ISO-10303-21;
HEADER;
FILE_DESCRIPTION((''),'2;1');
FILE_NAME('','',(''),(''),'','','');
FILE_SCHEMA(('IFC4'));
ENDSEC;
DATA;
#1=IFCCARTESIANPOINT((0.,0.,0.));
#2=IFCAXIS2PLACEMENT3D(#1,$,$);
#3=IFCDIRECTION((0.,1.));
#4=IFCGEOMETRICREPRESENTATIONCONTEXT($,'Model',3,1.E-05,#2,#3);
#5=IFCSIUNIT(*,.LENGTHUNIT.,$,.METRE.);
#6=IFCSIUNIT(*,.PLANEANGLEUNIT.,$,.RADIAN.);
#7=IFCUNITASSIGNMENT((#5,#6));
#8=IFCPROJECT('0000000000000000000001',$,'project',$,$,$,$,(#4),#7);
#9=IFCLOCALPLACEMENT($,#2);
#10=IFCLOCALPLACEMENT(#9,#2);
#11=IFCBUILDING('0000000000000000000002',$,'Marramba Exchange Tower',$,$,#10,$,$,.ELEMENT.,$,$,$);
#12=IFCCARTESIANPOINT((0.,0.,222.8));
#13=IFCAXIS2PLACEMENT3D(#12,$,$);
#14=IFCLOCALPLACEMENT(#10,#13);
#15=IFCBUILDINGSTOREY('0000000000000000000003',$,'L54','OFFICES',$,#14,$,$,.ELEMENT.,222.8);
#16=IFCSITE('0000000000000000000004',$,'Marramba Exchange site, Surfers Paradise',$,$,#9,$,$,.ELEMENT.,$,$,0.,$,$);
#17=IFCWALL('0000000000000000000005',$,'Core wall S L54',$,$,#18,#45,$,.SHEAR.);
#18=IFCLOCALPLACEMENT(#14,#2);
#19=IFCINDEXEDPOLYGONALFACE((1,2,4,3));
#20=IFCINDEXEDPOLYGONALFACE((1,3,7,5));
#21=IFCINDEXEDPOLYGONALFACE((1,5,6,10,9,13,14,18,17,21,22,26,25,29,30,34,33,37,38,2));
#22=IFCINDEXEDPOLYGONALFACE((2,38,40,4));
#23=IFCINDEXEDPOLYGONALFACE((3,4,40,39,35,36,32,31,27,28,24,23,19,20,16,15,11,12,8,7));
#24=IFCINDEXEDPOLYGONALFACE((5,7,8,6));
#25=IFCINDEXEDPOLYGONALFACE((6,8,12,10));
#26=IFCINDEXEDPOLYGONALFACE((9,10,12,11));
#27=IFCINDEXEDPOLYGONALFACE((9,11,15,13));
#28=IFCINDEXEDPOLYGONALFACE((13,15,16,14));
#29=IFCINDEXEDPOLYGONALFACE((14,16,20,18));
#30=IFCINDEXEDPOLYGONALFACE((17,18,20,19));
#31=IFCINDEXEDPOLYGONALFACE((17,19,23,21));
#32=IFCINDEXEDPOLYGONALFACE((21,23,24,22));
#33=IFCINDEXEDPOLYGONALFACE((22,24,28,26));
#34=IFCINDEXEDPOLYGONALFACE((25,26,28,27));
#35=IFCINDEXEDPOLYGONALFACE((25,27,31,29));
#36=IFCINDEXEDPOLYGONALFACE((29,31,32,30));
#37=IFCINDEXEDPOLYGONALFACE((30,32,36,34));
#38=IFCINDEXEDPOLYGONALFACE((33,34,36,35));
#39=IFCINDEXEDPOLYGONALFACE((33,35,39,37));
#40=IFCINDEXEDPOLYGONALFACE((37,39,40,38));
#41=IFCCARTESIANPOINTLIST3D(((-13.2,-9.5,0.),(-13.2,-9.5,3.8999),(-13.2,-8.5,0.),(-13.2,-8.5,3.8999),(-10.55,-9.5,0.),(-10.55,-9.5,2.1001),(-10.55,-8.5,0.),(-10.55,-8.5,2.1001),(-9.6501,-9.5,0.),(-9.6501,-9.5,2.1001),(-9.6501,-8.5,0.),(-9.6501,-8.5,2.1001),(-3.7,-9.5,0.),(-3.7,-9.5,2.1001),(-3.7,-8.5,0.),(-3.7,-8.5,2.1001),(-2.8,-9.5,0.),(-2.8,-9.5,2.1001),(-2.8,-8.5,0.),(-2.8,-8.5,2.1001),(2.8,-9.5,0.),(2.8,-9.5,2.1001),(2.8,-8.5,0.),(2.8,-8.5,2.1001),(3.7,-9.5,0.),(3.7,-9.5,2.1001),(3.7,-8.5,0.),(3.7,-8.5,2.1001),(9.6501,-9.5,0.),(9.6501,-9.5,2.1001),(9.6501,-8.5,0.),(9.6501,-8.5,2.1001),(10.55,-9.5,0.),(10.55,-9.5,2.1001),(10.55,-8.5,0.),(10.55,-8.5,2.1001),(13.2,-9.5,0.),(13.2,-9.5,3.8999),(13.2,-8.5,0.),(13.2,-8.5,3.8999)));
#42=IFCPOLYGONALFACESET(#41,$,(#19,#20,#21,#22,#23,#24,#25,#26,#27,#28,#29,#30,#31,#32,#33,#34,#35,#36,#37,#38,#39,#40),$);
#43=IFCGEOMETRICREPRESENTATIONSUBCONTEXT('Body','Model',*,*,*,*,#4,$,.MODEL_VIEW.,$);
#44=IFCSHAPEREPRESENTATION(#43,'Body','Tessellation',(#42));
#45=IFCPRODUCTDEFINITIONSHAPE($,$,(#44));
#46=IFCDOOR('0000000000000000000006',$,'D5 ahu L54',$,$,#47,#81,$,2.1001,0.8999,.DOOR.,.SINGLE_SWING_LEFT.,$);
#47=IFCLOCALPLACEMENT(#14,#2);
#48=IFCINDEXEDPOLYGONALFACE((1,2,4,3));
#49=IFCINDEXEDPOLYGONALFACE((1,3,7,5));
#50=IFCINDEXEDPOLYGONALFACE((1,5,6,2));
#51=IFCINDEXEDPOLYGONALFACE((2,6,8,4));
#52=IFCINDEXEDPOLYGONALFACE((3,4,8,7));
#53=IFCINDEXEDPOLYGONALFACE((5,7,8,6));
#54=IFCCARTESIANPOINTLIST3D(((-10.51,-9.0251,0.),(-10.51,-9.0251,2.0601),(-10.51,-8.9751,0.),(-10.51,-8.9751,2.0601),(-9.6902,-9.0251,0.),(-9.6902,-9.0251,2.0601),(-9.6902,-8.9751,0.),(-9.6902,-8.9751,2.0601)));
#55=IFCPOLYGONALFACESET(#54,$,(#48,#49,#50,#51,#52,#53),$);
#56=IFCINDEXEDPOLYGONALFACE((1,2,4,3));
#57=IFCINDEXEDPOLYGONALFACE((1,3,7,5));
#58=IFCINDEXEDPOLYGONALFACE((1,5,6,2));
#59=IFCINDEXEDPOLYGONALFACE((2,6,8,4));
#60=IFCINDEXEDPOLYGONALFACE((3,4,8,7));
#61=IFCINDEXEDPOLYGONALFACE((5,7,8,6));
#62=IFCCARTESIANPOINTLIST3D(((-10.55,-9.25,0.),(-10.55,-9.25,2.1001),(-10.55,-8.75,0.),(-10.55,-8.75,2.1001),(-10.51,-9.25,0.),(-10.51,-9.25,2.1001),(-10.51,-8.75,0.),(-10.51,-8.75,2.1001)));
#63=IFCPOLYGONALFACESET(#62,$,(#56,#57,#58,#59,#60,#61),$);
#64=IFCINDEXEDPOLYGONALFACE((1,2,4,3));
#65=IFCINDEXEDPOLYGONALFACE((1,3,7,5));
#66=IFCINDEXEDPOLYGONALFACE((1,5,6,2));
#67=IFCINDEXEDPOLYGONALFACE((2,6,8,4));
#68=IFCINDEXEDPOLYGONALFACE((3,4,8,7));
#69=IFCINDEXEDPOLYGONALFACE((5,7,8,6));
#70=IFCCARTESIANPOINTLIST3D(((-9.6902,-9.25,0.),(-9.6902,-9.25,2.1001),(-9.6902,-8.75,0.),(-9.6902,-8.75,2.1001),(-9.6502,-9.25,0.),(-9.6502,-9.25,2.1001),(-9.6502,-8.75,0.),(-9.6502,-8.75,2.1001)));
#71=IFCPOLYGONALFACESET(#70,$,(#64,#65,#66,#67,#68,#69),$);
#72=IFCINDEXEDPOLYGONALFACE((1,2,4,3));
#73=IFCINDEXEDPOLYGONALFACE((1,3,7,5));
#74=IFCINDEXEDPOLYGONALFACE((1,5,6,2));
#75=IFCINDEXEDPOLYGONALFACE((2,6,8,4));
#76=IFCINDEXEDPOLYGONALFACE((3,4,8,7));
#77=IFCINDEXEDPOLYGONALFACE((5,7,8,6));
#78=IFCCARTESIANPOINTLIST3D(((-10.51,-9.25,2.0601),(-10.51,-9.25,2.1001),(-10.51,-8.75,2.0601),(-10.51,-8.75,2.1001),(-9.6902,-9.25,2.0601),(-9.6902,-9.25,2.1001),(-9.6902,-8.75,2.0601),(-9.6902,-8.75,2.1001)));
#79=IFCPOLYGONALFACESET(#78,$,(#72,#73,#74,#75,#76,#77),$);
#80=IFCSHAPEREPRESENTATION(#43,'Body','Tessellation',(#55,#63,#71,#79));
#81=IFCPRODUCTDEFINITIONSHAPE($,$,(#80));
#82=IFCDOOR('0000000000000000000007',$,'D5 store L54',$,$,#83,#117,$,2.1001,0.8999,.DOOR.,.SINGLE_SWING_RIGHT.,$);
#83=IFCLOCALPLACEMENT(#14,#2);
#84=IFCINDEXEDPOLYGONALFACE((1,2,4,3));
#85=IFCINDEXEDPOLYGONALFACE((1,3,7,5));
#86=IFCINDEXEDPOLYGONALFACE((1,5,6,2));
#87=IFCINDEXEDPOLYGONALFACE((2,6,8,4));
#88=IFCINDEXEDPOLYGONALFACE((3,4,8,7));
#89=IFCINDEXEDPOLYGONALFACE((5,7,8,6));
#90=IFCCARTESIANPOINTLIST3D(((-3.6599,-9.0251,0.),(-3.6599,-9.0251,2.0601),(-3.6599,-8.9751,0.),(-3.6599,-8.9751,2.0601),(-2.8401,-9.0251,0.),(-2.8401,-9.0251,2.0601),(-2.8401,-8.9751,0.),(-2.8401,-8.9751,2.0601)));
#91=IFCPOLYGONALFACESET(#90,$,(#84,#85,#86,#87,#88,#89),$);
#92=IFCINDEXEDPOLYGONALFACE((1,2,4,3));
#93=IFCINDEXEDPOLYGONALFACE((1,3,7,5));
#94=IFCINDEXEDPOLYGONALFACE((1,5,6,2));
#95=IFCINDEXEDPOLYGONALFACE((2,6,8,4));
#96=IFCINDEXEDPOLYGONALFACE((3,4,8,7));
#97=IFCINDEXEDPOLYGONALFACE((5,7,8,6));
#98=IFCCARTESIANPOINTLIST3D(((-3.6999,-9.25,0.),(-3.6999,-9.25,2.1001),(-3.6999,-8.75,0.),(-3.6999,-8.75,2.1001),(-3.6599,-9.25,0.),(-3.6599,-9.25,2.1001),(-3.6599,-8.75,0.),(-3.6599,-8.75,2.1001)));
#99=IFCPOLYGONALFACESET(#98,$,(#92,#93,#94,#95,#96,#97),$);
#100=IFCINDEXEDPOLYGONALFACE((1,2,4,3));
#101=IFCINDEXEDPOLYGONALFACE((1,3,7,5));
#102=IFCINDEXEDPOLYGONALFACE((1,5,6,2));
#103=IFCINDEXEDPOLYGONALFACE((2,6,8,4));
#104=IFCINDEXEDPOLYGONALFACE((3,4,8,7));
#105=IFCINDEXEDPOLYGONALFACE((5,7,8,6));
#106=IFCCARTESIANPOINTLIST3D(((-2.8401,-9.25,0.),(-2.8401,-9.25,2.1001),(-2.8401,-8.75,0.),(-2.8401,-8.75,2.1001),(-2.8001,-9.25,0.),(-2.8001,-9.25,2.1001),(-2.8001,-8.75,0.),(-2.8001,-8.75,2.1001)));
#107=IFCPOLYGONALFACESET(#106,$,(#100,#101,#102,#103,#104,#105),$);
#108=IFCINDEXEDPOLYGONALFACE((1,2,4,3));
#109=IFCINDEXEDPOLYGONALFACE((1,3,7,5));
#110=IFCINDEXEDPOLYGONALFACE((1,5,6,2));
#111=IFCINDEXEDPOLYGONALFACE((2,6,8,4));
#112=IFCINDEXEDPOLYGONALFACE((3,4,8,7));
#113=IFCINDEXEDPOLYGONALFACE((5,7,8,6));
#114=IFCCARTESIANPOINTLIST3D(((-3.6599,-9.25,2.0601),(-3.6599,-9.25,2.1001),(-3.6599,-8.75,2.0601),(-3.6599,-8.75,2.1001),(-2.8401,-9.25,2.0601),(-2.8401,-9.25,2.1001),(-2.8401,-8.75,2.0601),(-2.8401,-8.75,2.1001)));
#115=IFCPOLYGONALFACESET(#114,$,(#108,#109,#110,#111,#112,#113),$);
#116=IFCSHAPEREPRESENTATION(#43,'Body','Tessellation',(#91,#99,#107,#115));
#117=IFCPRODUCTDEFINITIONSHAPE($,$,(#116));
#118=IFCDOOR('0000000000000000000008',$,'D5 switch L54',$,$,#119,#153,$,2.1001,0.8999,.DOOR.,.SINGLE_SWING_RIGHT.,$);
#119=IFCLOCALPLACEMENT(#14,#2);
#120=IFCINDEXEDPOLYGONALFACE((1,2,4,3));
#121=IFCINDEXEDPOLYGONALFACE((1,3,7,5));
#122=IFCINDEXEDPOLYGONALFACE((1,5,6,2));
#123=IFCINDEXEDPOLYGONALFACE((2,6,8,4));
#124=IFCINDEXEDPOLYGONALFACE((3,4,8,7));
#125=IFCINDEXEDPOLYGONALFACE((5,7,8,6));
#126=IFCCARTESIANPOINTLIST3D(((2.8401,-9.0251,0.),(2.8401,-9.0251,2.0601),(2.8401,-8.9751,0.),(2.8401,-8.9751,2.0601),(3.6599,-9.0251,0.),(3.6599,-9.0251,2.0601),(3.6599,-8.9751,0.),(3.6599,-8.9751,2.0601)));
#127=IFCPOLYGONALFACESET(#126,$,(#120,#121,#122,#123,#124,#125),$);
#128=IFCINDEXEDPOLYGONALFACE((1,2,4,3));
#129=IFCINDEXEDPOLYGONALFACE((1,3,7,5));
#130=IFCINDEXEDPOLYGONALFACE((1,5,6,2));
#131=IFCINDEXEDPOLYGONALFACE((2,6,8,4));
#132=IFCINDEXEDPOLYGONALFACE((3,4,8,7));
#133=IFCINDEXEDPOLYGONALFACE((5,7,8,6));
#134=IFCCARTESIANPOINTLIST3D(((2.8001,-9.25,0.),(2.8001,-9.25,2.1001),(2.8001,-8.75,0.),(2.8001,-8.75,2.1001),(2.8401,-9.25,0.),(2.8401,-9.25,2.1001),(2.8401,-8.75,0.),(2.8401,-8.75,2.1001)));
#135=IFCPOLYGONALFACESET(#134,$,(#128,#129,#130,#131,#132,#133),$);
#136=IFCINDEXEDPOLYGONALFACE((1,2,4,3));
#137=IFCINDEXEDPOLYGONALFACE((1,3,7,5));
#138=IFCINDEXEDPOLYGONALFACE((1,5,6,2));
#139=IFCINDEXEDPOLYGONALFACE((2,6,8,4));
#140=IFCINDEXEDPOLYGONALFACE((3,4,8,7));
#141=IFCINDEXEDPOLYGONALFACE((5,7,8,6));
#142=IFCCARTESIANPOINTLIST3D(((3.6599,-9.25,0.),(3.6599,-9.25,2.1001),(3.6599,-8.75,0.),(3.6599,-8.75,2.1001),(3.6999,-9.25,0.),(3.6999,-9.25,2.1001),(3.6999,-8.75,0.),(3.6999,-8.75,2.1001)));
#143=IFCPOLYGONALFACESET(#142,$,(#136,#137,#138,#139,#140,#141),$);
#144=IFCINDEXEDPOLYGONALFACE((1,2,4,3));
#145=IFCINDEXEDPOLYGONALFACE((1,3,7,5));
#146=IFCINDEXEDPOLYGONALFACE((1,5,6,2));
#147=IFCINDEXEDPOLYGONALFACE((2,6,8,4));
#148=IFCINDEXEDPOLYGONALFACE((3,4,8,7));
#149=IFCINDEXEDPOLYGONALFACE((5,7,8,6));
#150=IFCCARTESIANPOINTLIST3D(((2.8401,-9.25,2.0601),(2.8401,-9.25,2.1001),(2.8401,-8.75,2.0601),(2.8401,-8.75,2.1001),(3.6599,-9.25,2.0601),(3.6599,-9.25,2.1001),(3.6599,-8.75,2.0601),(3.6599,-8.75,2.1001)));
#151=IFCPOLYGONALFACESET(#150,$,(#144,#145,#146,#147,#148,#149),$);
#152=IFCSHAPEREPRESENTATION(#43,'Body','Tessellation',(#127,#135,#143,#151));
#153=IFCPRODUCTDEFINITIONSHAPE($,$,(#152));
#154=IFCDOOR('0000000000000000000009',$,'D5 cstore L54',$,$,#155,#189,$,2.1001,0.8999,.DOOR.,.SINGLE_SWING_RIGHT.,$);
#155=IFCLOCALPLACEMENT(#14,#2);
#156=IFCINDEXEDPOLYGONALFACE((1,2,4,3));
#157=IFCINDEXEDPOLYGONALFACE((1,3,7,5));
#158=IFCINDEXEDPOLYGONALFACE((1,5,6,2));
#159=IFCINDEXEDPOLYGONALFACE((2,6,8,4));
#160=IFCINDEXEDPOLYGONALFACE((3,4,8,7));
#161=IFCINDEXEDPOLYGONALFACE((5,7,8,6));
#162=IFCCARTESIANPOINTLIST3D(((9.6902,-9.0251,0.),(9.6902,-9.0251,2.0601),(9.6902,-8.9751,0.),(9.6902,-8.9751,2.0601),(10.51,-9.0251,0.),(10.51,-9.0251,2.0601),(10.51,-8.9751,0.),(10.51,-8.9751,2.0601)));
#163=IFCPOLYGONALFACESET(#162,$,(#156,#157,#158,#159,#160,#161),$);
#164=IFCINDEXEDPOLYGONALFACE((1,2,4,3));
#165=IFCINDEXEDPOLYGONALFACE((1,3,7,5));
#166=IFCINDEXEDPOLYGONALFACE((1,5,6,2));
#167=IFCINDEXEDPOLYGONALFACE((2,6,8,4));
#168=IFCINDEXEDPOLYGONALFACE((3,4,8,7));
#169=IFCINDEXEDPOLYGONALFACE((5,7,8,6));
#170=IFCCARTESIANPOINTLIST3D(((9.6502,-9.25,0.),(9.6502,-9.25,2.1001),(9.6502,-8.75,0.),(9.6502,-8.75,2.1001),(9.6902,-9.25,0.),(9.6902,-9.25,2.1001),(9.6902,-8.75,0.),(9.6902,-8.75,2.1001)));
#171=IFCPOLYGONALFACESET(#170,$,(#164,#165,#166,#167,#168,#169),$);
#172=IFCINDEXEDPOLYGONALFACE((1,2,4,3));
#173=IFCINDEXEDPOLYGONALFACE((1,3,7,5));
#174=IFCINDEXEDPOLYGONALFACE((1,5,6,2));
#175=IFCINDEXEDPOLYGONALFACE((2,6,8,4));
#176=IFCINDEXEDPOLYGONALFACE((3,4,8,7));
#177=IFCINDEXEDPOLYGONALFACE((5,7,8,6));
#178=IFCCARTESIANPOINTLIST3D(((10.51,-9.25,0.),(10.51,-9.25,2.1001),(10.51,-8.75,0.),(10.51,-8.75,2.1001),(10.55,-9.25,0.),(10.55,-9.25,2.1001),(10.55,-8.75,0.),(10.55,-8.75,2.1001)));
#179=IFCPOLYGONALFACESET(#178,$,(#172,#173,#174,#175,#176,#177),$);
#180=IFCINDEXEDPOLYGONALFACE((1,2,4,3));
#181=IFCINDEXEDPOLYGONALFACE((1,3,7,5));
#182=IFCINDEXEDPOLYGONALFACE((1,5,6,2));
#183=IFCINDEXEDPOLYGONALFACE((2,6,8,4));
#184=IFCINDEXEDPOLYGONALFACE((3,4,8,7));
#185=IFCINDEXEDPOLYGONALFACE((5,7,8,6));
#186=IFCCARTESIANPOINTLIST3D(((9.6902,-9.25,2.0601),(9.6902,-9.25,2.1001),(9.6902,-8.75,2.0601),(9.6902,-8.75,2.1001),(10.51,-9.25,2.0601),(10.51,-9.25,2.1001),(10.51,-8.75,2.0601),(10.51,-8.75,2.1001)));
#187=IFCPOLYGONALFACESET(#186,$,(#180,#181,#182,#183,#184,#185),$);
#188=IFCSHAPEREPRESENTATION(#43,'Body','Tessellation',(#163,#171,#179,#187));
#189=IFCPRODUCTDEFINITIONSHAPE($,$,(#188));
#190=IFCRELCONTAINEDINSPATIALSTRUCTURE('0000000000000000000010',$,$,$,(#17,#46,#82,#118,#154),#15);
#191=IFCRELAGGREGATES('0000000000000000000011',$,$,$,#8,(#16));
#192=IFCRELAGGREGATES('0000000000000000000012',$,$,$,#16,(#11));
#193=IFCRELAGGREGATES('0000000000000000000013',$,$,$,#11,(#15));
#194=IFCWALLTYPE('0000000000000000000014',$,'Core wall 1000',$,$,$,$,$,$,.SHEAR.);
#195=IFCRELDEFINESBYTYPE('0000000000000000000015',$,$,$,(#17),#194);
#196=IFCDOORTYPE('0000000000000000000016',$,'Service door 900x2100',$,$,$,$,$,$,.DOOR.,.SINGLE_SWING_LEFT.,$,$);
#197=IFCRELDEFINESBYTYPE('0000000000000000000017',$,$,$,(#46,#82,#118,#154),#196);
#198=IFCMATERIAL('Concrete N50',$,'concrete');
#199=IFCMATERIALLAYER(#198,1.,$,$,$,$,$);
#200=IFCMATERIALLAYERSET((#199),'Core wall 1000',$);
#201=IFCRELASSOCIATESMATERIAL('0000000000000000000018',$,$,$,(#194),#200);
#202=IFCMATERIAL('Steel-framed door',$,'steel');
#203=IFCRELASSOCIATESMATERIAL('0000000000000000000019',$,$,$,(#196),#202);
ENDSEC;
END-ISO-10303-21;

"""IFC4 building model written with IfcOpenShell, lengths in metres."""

from ifc_helpers import new_model, si_unit, direction, frame, frame_2d, origin, place, context, subcontext, project, spatial, rectangle, extrude, material, layer, layer_set, type_object, element, fill, save


model = new_model("IFC4")

# Units and contexts
model_context = context("Model", 3, precision=1e-05, world=origin(), true_north=direction((0.0, 1.0)))
body_context = subcontext(model_context, "Body", "Model", "MODEL_VIEW")
ifc_project = project(units=[si_unit("LENGTHUNIT", "METRE"), si_unit("PLANEANGLEUNIT", "RADIAN")], contexts=[model_context])

# Site, building, storey
site_placement = place(None, origin())
site = spatial("IfcSite", under=ifc_project, at=site_placement, Name="Marramba Exchange site, Surfers Paradise", CompositionType="ELEMENT", RefElevation=0.0)
building_placement = place(site_placement, origin())
building = spatial("IfcBuilding", under=site, at=building_placement, Name="Marramba Exchange Tower", CompositionType="ELEMENT")
storey_placement = place(building_placement, frame((0.0, 0.0, 222.8)))
storey = spatial("IfcBuildingStorey", under=building, at=storey_placement, Name="L54", Description="OFFICES", CompositionType="ELEMENT", Elevation=222.8)

# Shared definitions
ifc_material_1 = material(Name="Concrete N50", Category="concrete")

# Wall, openings, doors
ifc_layer_1 = layer(ifc_material_1, 1.0)
ifc_layer_set_1 = layer_set([ifc_layer_1], Name="Core wall 1000")
wall_type = type_object("IfcWallType", Name="Core wall 1000", PredefinedType="SHEAR", material=ifc_layer_set_1)
wall_placement = place(storey_placement, frame((-13.2, -9.0, 0.0), z_axis=(0.0, 0.0, 1.0), x_axis=(1.0, 0.0, 0.0)))
wall = element("IfcWall", 1, at=wall_placement, inside=storey, type_object=wall_type, Name="Core wall S L54", PredefinedType="SHEAR", context=body_context, shape_type="SweptSolid", body=[
    extrude(rectangle(XDim=26.3999, YDim=1.0, at=frame_2d((13.2, 0.0))), origin(), (0.0, 0.0, 1.0), 3.8999),
])
opening_1_placement = place(wall_placement, frame((2.6499, 0.0, 0.0)))
opening_1 = element("IfcOpeningElement", 2, at=opening_1_placement, cuts=wall, PredefinedType="OPENING", context=body_context, shape_type="SweptSolid", body=[
    extrude(rectangle(XDim=0.8999, YDim=2.1001, at=frame_2d((0.45, 1.05))), frame((0.0, 0.51, 0.0), z_axis=(0.0, -1.0, 0.0), x_axis=(1.0, 0.0, 0.0)), (0.0, 0.0, 1.0), 1.02),
])
opening_2_placement = place(wall_placement, frame((9.5, 0.0, 0.0)))
opening_2 = element("IfcOpeningElement", 3, at=opening_2_placement, cuts=wall, PredefinedType="OPENING", context=body_context, shape_type="SweptSolid", body=[
    extrude(rectangle(XDim=0.8999, YDim=2.1001, at=frame_2d((0.45, 1.05))), frame((0.0, 0.51, 0.0), z_axis=(0.0, -1.0, 0.0), x_axis=(1.0, 0.0, 0.0)), (0.0, 0.0, 1.0), 1.02),
])
opening_3_placement = place(wall_placement, frame((16.0, 0.0, 0.0)))
opening_3 = element("IfcOpeningElement", 4, at=opening_3_placement, cuts=wall, PredefinedType="OPENING", context=body_context, shape_type="SweptSolid", body=[
    extrude(rectangle(XDim=0.8999, YDim=2.1001, at=frame_2d((0.45, 1.05))), frame((0.0, 0.51, 0.0), z_axis=(0.0, -1.0, 0.0), x_axis=(1.0, 0.0, 0.0)), (0.0, 0.0, 1.0), 1.02),
])
opening_4_placement = place(wall_placement, frame((22.8501, 0.0, 0.0)))
opening_4 = element("IfcOpeningElement", 5, at=opening_4_placement, cuts=wall, PredefinedType="OPENING", context=body_context, shape_type="SweptSolid", body=[
    extrude(rectangle(XDim=0.8999, YDim=2.1001, at=frame_2d((0.45, 1.05))), frame((0.0, 0.51, 0.0), z_axis=(0.0, -1.0, 0.0), x_axis=(1.0, 0.0, 0.0)), (0.0, 0.0, 1.0), 1.02),
])
ifc_material_2 = material(Name="Steel-framed door", Category="steel")
door_type = type_object("IfcDoorType", Name="Service door 900x2100", OperationType="SINGLE_SWING_LEFT", PredefinedType="DOOR", material=ifc_material_2)
door_1_placement = place(opening_1_placement, origin())
door_1 = element("IfcDoor", 6, at=door_1_placement, inside=storey, type_object=door_type, Name="D5 ahu L54", OperationType="SINGLE_SWING_LEFT", OverallHeight=2.1001, OverallWidth=0.8999, PredefinedType="DOOR", context=body_context, shape_type="SweptSolid", body=[
    extrude(rectangle(XDim=0.8198, YDim=2.0601, at=frame_2d((0.45, 1.03))), frame((0.0, 0.0249, 0.0), z_axis=(0.0, -1.0, 0.0), x_axis=(1.0, 0.0, 0.0)), (0.0, 0.0, 1.0), 0.05),
    extrude(rectangle(XDim=0.04, YDim=2.1001, at=frame_2d((0.02, 1.05))), frame((0.0, 0.25, 0.0), z_axis=(0.0, -1.0, 0.0), x_axis=(1.0, 0.0, 0.0)), (0.0, 0.0, 1.0), 0.5),
    extrude(rectangle(XDim=0.04, YDim=2.1001, at=frame_2d((0.8799, 1.05))), frame((0.0, 0.25, 0.0), z_axis=(0.0, -1.0, 0.0), x_axis=(1.0, 0.0, 0.0)), (0.0, 0.0, 1.0), 0.5),
    extrude(rectangle(XDim=0.8198, YDim=0.04, at=frame_2d((0.45, 2.0801))), frame((0.0, 0.25, 0.0), z_axis=(0.0, -1.0, 0.0), x_axis=(1.0, 0.0, 0.0)), (0.0, 0.0, 1.0), 0.5),
])
fill(opening_1, door_1)
door_2_placement = place(opening_2_placement, origin())
door_2 = element("IfcDoor", 7, at=door_2_placement, inside=storey, type_object=door_type, Name="D5 store L54", OperationType="SINGLE_SWING_RIGHT", OverallHeight=2.1001, OverallWidth=0.8999, PredefinedType="DOOR", context=body_context, shape_type="SweptSolid", body=[
    extrude(rectangle(XDim=0.8198, YDim=2.0601, at=frame_2d((0.45, 1.03))), frame((0.0, 0.0249, 0.0), z_axis=(0.0, -1.0, 0.0), x_axis=(1.0, 0.0, 0.0)), (0.0, 0.0, 1.0), 0.05),
    extrude(rectangle(XDim=0.04, YDim=2.1001, at=frame_2d((0.02, 1.05))), frame((0.0, 0.25, 0.0), z_axis=(0.0, -1.0, 0.0), x_axis=(1.0, 0.0, 0.0)), (0.0, 0.0, 1.0), 0.5),
    extrude(rectangle(XDim=0.04, YDim=2.1001, at=frame_2d((0.8799, 1.05))), frame((0.0, 0.25, 0.0), z_axis=(0.0, -1.0, 0.0), x_axis=(1.0, 0.0, 0.0)), (0.0, 0.0, 1.0), 0.5),
    extrude(rectangle(XDim=0.8198, YDim=0.04, at=frame_2d((0.45, 2.0801))), frame((0.0, 0.25, 0.0), z_axis=(0.0, -1.0, 0.0), x_axis=(1.0, 0.0, 0.0)), (0.0, 0.0, 1.0), 0.5),
])
fill(opening_2, door_2)
door_3_placement = place(opening_3_placement, origin())
door_3 = element("IfcDoor", 8, at=door_3_placement, inside=storey, type_object=door_type, Name="D5 switch L54", OperationType="SINGLE_SWING_RIGHT", OverallHeight=2.1001, OverallWidth=0.8999, PredefinedType="DOOR", context=body_context, shape_type="SweptSolid", body=[
    extrude(rectangle(XDim=0.8198, YDim=2.0601, at=frame_2d((0.45, 1.03))), frame((0.0, 0.0249, 0.0), z_axis=(0.0, -1.0, 0.0), x_axis=(1.0, 0.0, 0.0)), (0.0, 0.0, 1.0), 0.05),
    extrude(rectangle(XDim=0.04, YDim=2.1001, at=frame_2d((0.02, 1.05))), frame((0.0, 0.25, 0.0), z_axis=(0.0, -1.0, 0.0), x_axis=(1.0, 0.0, 0.0)), (0.0, 0.0, 1.0), 0.5),
    extrude(rectangle(XDim=0.04, YDim=2.1001, at=frame_2d((0.8799, 1.05))), frame((0.0, 0.25, 0.0), z_axis=(0.0, -1.0, 0.0), x_axis=(1.0, 0.0, 0.0)), (0.0, 0.0, 1.0), 0.5),
    extrude(rectangle(XDim=0.8198, YDim=0.04, at=frame_2d((0.45, 2.0801))), frame((0.0, 0.25, 0.0), z_axis=(0.0, -1.0, 0.0), x_axis=(1.0, 0.0, 0.0)), (0.0, 0.0, 1.0), 0.5),
])
fill(opening_3, door_3)
door_4_placement = place(opening_4_placement, origin())
door_4 = element("IfcDoor", 9, at=door_4_placement, inside=storey, type_object=door_type, Name="D5 cstore L54", OperationType="SINGLE_SWING_RIGHT", OverallHeight=2.1001, OverallWidth=0.8999, PredefinedType="DOOR", context=body_context, shape_type="SweptSolid", body=[
    extrude(rectangle(XDim=0.8198, YDim=2.0601, at=frame_2d((0.45, 1.03))), frame((0.0, 0.0249, 0.0), z_axis=(0.0, -1.0, 0.0), x_axis=(1.0, 0.0, 0.0)), (0.0, 0.0, 1.0), 0.05),
    extrude(rectangle(XDim=0.04, YDim=2.1001, at=frame_2d((0.02, 1.05))), frame((0.0, 0.25, 0.0), z_axis=(0.0, -1.0, 0.0), x_axis=(1.0, 0.0, 0.0)), (0.0, 0.0, 1.0), 0.5),
    extrude(rectangle(XDim=0.04, YDim=2.1001, at=frame_2d((0.8799, 1.05))), frame((0.0, 0.25, 0.0), z_axis=(0.0, -1.0, 0.0), x_axis=(1.0, 0.0, 0.0)), (0.0, 0.0, 1.0), 0.5),
    extrude(rectangle(XDim=0.8198, YDim=0.04, at=frame_2d((0.45, 2.0801))), frame((0.0, 0.25, 0.0), z_axis=(0.0, -1.0, 0.0), x_axis=(1.0, 0.0, 0.0)), (0.0, 0.0, 1.0), 0.5),
])
fill(opening_4, door_4)

save(model, "model.ifc")
